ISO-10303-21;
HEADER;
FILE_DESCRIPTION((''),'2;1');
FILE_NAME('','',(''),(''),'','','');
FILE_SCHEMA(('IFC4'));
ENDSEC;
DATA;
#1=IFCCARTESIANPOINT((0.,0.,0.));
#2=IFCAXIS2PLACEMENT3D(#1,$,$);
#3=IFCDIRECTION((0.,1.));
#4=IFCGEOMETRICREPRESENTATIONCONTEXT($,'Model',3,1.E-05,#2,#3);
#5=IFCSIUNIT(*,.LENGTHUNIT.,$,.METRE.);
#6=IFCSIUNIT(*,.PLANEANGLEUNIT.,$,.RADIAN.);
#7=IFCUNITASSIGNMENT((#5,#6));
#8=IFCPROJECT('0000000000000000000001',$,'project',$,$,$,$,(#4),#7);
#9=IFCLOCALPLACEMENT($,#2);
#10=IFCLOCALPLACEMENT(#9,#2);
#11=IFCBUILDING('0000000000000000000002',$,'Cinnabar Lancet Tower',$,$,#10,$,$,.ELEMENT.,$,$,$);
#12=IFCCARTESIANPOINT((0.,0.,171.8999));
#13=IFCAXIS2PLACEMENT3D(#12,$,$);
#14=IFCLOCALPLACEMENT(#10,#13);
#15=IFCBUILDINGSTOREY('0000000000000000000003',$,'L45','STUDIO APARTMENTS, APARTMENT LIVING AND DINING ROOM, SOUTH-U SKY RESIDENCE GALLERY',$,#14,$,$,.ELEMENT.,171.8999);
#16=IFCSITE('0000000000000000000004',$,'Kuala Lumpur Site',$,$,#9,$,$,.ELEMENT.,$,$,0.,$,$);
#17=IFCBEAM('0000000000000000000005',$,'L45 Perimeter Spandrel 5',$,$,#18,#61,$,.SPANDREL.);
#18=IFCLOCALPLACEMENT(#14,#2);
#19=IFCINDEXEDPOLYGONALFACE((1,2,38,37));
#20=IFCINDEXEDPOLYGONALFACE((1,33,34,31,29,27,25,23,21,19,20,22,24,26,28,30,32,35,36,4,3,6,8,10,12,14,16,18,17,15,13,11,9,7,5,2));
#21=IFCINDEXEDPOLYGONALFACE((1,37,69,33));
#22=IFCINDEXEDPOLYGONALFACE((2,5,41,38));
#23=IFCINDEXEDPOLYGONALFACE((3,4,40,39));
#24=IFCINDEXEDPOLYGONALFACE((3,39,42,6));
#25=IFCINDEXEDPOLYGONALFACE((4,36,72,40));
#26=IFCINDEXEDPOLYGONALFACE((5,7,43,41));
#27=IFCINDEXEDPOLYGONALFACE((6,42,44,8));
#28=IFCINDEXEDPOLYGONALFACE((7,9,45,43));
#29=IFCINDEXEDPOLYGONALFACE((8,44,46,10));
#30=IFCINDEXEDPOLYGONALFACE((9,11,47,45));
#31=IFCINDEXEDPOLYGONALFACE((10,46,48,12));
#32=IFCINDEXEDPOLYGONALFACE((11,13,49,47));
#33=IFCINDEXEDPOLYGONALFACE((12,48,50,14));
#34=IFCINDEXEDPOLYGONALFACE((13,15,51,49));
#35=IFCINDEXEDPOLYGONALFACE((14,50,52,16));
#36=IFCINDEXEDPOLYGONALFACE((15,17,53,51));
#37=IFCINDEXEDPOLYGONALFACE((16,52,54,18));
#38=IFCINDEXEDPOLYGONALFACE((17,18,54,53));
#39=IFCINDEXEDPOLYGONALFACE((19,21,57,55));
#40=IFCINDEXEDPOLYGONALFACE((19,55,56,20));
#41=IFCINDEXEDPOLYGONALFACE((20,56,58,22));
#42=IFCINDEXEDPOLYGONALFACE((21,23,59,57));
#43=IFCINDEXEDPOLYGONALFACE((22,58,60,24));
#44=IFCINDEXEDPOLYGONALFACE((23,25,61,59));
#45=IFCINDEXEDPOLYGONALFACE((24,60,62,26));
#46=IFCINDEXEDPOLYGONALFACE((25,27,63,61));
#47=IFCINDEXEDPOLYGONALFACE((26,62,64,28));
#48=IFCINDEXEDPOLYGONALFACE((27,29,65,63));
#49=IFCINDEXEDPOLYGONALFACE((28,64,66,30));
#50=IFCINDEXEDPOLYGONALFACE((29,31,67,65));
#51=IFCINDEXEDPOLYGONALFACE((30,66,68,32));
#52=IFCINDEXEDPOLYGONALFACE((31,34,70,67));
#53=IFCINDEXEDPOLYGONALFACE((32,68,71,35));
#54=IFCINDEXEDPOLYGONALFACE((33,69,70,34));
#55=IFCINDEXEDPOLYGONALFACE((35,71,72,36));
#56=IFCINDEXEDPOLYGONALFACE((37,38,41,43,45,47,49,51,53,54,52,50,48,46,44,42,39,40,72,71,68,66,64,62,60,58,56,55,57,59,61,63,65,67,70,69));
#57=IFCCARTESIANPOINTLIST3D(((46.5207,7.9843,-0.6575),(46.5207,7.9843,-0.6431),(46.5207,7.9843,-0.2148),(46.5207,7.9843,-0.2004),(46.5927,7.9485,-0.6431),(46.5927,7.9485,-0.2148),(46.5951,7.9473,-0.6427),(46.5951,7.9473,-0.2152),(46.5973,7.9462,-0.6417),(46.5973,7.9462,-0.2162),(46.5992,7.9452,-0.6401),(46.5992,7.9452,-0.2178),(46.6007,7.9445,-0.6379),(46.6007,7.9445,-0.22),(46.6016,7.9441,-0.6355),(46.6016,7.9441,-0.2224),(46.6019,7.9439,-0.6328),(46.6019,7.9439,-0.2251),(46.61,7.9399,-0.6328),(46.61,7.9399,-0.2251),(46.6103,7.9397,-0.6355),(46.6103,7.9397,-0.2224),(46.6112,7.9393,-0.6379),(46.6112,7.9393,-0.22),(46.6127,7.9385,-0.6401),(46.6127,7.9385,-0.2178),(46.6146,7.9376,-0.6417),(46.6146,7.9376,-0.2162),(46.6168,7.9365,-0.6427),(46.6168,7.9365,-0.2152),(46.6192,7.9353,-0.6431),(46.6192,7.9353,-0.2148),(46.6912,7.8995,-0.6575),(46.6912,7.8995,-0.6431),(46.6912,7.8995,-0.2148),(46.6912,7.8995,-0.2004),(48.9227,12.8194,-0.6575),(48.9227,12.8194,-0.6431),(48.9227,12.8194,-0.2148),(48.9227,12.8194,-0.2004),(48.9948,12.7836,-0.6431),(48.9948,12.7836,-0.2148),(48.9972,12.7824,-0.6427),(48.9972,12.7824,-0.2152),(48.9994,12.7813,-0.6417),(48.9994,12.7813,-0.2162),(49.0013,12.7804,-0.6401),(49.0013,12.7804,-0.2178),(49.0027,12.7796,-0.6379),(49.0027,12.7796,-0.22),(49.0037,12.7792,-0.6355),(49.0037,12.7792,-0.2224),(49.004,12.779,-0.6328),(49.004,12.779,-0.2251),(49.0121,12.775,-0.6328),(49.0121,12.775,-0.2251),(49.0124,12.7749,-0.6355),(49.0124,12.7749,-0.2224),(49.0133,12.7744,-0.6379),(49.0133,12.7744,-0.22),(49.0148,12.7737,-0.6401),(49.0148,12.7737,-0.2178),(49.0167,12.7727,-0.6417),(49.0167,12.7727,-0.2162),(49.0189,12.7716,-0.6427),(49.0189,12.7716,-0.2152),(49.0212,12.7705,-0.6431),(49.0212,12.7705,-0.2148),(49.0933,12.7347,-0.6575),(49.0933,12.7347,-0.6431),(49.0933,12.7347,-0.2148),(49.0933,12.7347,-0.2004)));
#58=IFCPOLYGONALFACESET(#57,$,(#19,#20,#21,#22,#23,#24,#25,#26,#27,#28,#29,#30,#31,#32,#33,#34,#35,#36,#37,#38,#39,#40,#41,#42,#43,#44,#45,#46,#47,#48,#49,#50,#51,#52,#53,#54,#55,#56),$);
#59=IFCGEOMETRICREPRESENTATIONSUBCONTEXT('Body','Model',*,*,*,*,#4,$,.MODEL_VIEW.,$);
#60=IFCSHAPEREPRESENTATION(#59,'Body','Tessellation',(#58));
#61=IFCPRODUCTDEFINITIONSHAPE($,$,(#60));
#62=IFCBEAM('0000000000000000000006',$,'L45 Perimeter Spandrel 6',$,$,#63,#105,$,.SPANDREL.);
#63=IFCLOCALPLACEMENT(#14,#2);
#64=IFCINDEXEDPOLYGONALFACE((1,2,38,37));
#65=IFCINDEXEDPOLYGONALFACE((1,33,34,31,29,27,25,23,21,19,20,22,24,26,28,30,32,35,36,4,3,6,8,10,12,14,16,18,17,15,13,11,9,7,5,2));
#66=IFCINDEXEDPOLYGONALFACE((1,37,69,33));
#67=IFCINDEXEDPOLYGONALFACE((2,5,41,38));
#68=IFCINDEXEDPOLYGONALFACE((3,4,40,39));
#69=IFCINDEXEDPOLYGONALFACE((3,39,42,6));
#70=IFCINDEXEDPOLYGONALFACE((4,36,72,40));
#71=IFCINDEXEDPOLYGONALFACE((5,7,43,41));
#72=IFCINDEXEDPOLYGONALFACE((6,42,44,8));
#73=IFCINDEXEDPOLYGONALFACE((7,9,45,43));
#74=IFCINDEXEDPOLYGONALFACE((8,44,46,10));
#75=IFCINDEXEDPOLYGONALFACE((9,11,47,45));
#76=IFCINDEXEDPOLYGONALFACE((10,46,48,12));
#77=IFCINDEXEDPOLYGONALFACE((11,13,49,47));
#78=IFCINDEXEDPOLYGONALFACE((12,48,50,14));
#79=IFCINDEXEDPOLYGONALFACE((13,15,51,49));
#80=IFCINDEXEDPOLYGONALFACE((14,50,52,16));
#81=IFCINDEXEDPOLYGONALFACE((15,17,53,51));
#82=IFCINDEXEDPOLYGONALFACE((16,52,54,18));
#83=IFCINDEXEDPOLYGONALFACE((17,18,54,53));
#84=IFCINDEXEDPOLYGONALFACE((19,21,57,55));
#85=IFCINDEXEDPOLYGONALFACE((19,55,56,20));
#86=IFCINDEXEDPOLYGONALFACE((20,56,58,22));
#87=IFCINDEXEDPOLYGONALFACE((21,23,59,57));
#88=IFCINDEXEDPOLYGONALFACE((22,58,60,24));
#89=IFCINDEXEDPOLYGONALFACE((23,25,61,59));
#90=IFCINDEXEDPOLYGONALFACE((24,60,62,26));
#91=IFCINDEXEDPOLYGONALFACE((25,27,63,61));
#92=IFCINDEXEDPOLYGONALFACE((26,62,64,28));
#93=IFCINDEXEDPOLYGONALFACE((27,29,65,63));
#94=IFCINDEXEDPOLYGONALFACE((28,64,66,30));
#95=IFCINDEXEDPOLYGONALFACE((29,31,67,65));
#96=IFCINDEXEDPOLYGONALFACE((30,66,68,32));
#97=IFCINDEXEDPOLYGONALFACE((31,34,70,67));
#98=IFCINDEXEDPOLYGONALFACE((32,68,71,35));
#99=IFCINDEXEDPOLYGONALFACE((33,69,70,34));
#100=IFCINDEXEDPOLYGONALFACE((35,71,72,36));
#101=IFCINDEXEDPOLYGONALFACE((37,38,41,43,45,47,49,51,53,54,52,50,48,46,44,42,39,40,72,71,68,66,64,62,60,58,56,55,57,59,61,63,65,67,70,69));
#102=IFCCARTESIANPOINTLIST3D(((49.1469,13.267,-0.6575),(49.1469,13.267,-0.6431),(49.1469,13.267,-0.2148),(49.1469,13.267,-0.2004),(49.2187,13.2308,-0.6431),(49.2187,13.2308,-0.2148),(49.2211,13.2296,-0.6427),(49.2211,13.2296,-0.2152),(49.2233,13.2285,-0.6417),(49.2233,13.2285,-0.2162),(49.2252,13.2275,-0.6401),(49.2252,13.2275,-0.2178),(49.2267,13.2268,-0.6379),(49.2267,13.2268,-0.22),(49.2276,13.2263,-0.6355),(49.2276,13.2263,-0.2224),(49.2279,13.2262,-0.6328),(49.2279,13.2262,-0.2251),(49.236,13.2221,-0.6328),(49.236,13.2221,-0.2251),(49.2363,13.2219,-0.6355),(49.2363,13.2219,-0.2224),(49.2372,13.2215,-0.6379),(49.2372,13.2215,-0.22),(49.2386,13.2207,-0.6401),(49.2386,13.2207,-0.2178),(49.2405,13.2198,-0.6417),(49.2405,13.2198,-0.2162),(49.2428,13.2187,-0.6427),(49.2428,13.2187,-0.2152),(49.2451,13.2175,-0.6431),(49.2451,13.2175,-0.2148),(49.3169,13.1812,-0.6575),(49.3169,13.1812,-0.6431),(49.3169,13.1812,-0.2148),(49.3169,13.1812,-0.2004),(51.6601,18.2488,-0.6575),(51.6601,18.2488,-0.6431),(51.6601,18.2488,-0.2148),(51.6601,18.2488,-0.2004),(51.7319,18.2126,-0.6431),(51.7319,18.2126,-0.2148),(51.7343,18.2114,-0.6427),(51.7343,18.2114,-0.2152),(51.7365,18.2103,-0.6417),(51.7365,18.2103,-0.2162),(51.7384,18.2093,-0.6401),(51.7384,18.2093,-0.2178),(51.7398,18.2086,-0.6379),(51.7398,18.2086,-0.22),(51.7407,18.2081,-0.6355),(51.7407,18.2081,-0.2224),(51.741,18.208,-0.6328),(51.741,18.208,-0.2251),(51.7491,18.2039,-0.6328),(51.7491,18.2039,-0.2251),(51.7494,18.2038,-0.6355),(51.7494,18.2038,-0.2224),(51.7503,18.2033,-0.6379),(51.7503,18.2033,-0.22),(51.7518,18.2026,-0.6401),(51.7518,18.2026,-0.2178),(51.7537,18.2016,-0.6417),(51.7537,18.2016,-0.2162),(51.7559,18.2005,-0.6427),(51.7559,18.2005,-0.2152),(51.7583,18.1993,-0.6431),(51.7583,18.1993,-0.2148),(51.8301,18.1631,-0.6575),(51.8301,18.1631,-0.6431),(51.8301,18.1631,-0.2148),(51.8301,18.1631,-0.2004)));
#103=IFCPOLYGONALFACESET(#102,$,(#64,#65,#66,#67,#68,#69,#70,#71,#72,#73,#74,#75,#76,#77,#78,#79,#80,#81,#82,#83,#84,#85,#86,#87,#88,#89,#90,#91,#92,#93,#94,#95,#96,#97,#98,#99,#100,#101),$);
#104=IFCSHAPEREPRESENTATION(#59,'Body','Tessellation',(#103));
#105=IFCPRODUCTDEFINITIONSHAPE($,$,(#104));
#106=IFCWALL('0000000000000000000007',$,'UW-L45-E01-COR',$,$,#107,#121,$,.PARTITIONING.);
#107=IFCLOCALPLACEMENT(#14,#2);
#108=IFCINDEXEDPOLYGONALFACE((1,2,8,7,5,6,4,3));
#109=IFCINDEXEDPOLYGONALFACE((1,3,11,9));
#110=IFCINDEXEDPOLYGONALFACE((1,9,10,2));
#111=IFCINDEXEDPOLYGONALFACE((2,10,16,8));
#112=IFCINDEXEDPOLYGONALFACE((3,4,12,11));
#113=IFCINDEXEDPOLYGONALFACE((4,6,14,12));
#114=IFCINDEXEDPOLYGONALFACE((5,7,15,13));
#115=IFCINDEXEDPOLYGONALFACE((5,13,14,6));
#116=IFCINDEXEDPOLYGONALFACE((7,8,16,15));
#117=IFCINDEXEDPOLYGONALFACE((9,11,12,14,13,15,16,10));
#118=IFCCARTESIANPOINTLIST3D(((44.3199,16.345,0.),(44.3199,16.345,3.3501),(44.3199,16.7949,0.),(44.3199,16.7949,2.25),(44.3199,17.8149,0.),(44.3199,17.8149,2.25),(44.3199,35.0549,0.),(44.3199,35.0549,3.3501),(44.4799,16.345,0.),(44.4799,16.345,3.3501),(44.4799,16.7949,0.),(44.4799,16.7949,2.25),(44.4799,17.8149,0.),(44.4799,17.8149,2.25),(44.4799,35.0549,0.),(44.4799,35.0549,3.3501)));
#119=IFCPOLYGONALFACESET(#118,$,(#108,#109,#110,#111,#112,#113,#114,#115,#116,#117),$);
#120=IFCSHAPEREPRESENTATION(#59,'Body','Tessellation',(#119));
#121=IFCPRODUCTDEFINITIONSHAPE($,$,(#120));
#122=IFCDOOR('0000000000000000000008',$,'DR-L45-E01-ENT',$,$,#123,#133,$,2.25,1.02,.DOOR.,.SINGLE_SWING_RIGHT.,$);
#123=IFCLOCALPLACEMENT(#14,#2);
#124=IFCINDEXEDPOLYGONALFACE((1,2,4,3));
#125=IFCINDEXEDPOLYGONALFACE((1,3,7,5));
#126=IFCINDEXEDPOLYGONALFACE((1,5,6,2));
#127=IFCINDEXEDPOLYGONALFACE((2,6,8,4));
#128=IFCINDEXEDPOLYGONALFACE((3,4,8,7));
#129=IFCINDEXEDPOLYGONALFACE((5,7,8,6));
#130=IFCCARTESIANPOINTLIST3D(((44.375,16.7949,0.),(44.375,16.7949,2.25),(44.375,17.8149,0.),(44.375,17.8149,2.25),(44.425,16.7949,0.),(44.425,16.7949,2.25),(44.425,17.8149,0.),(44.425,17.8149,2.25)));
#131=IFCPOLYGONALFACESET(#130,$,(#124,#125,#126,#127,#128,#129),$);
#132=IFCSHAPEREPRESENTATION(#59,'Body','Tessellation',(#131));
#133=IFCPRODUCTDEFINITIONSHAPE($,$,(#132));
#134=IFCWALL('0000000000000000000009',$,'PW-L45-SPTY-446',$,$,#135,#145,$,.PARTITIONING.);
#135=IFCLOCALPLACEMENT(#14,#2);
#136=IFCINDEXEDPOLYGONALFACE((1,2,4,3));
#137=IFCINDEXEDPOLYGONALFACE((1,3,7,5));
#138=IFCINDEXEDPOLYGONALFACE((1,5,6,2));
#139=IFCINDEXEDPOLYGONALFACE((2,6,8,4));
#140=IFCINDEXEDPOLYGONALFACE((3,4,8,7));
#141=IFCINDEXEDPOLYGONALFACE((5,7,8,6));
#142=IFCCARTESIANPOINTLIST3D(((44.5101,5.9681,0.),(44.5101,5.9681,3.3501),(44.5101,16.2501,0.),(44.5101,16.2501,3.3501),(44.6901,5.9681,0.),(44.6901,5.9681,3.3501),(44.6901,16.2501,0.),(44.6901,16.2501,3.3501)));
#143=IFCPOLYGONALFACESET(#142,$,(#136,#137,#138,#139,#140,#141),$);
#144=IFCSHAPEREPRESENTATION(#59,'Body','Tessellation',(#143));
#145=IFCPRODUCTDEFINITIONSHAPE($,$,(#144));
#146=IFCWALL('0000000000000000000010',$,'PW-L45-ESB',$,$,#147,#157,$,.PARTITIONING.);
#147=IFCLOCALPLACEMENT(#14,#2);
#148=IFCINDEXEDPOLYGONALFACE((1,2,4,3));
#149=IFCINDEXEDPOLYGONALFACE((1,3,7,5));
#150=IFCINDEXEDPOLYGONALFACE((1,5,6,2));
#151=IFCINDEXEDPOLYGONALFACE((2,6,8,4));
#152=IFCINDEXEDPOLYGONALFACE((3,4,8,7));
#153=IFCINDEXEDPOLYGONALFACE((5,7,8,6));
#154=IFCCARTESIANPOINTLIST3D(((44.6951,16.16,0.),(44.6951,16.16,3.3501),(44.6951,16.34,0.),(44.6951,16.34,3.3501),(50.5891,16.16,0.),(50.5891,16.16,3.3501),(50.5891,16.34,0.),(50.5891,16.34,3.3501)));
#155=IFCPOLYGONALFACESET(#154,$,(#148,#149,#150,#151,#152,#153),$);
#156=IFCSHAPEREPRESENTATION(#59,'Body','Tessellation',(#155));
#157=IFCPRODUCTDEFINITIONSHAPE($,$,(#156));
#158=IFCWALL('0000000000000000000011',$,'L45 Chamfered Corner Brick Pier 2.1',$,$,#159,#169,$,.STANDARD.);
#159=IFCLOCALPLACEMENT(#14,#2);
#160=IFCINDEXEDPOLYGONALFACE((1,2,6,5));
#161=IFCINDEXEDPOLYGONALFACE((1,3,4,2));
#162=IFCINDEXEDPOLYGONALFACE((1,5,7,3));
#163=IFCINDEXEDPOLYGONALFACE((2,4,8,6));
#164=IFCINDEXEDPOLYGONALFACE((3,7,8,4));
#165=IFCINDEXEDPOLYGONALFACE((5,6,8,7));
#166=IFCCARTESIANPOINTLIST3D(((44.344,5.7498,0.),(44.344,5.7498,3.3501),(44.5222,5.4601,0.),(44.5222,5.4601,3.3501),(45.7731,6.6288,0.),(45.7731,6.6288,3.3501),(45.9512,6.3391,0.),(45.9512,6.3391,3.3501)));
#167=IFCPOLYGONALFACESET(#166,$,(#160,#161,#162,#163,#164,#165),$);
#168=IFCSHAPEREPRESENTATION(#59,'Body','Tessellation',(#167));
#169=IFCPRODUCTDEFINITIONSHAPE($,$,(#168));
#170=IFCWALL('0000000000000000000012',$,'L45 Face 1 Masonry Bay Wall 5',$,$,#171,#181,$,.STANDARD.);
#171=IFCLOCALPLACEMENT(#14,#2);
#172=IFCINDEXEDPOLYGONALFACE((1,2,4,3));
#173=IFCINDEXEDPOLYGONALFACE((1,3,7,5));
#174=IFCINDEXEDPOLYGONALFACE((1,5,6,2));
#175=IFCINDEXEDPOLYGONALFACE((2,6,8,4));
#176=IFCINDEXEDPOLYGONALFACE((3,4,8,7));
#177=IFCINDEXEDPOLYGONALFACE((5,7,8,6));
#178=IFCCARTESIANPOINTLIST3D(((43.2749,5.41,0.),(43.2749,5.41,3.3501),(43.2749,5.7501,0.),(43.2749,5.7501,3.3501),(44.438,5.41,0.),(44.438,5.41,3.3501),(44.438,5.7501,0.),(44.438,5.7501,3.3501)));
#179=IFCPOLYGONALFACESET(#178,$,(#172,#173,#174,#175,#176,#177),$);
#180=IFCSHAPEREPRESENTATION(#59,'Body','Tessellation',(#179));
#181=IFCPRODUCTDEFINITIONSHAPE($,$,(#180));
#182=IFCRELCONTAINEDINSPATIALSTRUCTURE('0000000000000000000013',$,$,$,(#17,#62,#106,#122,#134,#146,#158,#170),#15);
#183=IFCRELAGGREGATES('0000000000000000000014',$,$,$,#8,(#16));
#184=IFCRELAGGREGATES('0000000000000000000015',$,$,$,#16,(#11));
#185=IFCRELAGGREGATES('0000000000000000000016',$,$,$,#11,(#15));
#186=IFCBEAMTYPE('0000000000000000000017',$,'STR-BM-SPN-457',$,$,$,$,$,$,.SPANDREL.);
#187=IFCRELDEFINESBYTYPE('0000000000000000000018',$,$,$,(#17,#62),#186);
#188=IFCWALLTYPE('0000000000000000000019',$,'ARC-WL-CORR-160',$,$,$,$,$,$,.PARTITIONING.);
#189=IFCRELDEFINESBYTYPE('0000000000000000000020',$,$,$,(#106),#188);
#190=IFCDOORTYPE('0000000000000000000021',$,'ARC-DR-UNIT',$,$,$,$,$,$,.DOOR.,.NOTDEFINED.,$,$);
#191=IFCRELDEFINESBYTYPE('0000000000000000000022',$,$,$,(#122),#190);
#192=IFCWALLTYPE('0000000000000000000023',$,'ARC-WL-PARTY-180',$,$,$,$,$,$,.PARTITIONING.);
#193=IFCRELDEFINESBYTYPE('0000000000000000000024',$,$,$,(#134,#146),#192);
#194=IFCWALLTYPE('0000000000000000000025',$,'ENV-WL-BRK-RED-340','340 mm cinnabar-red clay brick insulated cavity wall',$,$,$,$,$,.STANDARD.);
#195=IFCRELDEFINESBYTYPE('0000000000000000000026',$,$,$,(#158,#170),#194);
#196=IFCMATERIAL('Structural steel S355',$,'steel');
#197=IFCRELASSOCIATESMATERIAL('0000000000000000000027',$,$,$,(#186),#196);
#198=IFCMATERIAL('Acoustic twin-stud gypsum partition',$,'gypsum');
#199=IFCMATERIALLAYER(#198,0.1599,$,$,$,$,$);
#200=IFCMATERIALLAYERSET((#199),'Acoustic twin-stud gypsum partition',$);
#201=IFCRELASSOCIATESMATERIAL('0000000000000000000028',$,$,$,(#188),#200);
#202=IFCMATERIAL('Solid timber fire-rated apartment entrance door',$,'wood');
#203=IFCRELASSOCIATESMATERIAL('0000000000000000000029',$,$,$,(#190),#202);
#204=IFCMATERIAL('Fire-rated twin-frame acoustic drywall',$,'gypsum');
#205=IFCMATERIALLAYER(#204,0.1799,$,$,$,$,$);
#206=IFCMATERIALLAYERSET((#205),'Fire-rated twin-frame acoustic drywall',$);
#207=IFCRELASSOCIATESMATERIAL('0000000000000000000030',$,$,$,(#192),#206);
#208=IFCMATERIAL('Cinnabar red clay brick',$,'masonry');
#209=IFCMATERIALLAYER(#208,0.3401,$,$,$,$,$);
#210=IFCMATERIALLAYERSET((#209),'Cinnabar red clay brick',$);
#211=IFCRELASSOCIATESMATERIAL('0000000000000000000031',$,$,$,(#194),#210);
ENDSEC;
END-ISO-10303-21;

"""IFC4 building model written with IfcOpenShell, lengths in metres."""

from ifc_helpers import new_model, si_unit, direction, frame, frame_2d, origin, origin_2d, place, context, subcontext, project, spatial, rectangle, i_section, extrude, material, layer, layer_set, material_profile, profile_set, type_object, element, fill, save


model = new_model("IFC4")

# Units and contexts
model_context = context("Model", 3, precision=1e-05, world=origin(), true_north=direction((0.0, 1.0)))
body_context = subcontext(model_context, "Body", "Model", "MODEL_VIEW")
ifc_project = project(units=[si_unit("LENGTHUNIT", "METRE"), si_unit("PLANEANGLEUNIT", "RADIAN")], contexts=[model_context])

# Site, building, storey
site_placement = place(None, origin())
site = spatial("IfcSite", under=ifc_project, at=site_placement, Name="Kuala Lumpur Site", CompositionType="ELEMENT", RefElevation=0.0)
building_placement = place(site_placement, origin())
building = spatial("IfcBuilding", under=site, at=building_placement, Name="Cinnabar Lancet Tower", CompositionType="ELEMENT")
storey_placement = place(building_placement, frame((0.0, 0.0, 171.8999)))
storey = spatial("IfcBuildingStorey", under=building, at=storey_placement, Name="L45", Description="STUDIO APARTMENTS, APARTMENT LIVING AND DINING ROOM, SOUTH-U SKY RESIDENCE GALLERY", CompositionType="ELEMENT", Elevation=171.8999)

# Beams
ifc_material_1 = material(Name="Structural steel S355", Category="steel")
ifc_material_profile_1 = material_profile(ifc_material_1, i_section(OverallWidth=0.1904, OverallDepth=0.457, WebThickness=0.009, FlangeThickness=0.0144, FilletRadius=0.0103, at=origin_2d()), Name="UKB 457x191x74")
ifc_profile_set_1 = profile_set([ifc_material_profile_1], Name="Structural steel S355")
beam_type_1 = type_object("IfcBeamType", Name="STR-BM-SPN-457", PredefinedType="SPANDREL", material=ifc_profile_set_1)
beam_1_placement = place(storey_placement, frame((46.606, 7.9419, -0.429), z_axis=(0.444915, 0.895573, 0.0), x_axis=(-0.895573, 0.444915, 0.0)))
element("IfcBeam", 1, at=beam_1_placement, inside=storey, type_object=beam_type_1, Name="L45 Perimeter Spandrel 5", PredefinedType="SPANDREL", context=body_context, shape_type="SweptSolid", body=[
    extrude(i_section(OverallWidth=0.1904, OverallDepth=0.457, WebThickness=0.009, FlangeThickness=0.0144, FilletRadius=0.0103, at=origin_2d()), origin(), (0.0, 0.0, 1.0), 5.3989),
])
beam_2_placement = place(storey_placement, frame((49.2319, 13.2241, -0.429), z_axis=(0.450396, 0.892829, 0.0), x_axis=(-0.892829, 0.450396, 0.0)))
element("IfcBeam", 2, at=beam_2_placement, inside=storey, type_object=beam_type_1, Name="L45 Perimeter Spandrel 6", PredefinedType="SPANDREL", context=body_context, shape_type="SweptSolid", body=[
    extrude(i_section(OverallWidth=0.1904, OverallDepth=0.457, WebThickness=0.009, FlangeThickness=0.0144, FilletRadius=0.0103, at=origin_2d()), origin(), (0.0, 0.0, 1.0), 5.5798),
])

# Wall, opening, door
ifc_material_2 = material(Name="Acoustic twin-stud gypsum partition", Category="gypsum")
ifc_layer_1 = layer(ifc_material_2, 0.1599)
ifc_layer_set_1 = layer_set([ifc_layer_1], Name="Acoustic twin-stud gypsum partition")
wall_type_1 = type_object("IfcWallType", Name="ARC-WL-CORR-160", PredefinedType="PARTITIONING", material=ifc_layer_set_1)
wall_1_placement = place(storey_placement, frame((44.3999, 16.345, 0.0), z_axis=(0.0, 0.0, 1.0), x_axis=(0.0, 1.0, 0.0)))
wall_1 = element("IfcWall", 3, at=wall_1_placement, inside=storey, type_object=wall_type_1, Name="UW-L45-E01-COR", PredefinedType="PARTITIONING", context=body_context, shape_type="SweptSolid", body=[
    extrude(rectangle(XDim=18.71, YDim=0.1599, at=frame_2d((9.355, 0.0))), origin(), (0.0, 0.0, 1.0), 3.3501),
])
opening_1_placement = place(wall_1_placement, frame((0.45, 0.0, 0.0)))
opening_1 = element("IfcOpeningElement", 4, at=opening_1_placement, cuts=wall_1, PredefinedType="OPENING", context=body_context, shape_type="SweptSolid", body=[
    extrude(rectangle(XDim=1.02, YDim=2.25, at=frame_2d((0.51, 1.125))), frame((0.0, 0.0898, 0.0), z_axis=(0.0, -1.0, 0.0), x_axis=(1.0, 0.0, 0.0)), (0.0, 0.0, 1.0), 0.1799),
])
ifc_material_3 = material(Name="Solid timber fire-rated apartment entrance door", Category="wood")
door_type = type_object("IfcDoorType", Name="ARC-DR-UNIT", OperationType="NOTDEFINED", PredefinedType="DOOR", material=ifc_material_3)
door_placement = place(opening_1_placement, origin())
door = element("IfcDoor", 5, at=door_placement, inside=storey, type_object=door_type, Name="DR-L45-E01-ENT", OperationType="SINGLE_SWING_RIGHT", OverallHeight=2.25, OverallWidth=1.02, PredefinedType="DOOR", context=body_context, shape_type="SweptSolid", body=[
    extrude(rectangle(XDim=1.02, YDim=2.25, at=frame_2d((0.51, 1.125))), frame((0.0, 0.0249, 0.0), z_axis=(0.0, -1.0, 0.0), x_axis=(1.0, 0.0, 0.0)), (0.0, 0.0, 1.0), 0.05),
])
fill(opening_1, door)

# Walls
ifc_material_4 = material(Name="Fire-rated twin-frame acoustic drywall", Category="gypsum")
ifc_layer_2 = layer(ifc_material_4, 0.1799)
ifc_layer_set_2 = layer_set([ifc_layer_2], Name="Fire-rated twin-frame acoustic drywall")
wall_type_2 = type_object("IfcWallType", Name="ARC-WL-PARTY-180", PredefinedType="PARTITIONING", material=ifc_layer_set_2)
wall_2_placement = place(storey_placement, frame((44.6001, 5.968, 0.0), z_axis=(0.0, 0.0, 1.0), x_axis=(0.0, 1.0, 0.0)))
element("IfcWall", 6, at=wall_2_placement, inside=storey, type_object=wall_type_2, Name="PW-L45-SPTY-446", PredefinedType="PARTITIONING", context=body_context, shape_type="SweptSolid", body=[
    extrude(rectangle(XDim=10.282, YDim=0.1799, at=frame_2d((5.1411, 0.0))), origin(), (0.0, 0.0, 1.0), 3.3501),
])
wall_3_placement = place(storey_placement, frame((44.6951, 16.25, 0.0), z_axis=(0.0, 0.0, 1.0), x_axis=(1.0, 0.0, 0.0)))
element("IfcWall", 7, at=wall_3_placement, inside=storey, type_object=wall_type_2, Name="PW-L45-ESB", PredefinedType="PARTITIONING", context=body_context, shape_type="SweptSolid", body=[
    extrude(rectangle(XDim=5.894, YDim=0.1799, at=frame_2d((2.947, 0.0))), origin(), (0.0, 0.0, 1.0), 3.3501),
])
ifc_material_5 = material(Name="Cinnabar red clay brick", Category="masonry")
ifc_layer_3 = layer(ifc_material_5, 0.3401)
ifc_layer_set_3 = layer_set([ifc_layer_3], Name="Cinnabar red clay brick")
wall_type_3 = type_object("IfcWallType", Name="ENV-WL-BRK-RED-340", Description="340 mm cinnabar-red clay brick insulated cavity wall", PredefinedType="STANDARD", material=ifc_layer_set_3)
wall_4_placement = place(storey_placement, frame((44.4331, 5.605, 0.0), z_axis=(0.0, 0.0, 1.0), x_axis=(0.851778, 0.523903, 0.0)))
element("IfcWall", 8, at=wall_4_placement, inside=storey, type_object=wall_type_3, Name="L45 Chamfered Corner Brick Pier 2.1", PredefinedType="STANDARD", context=body_context, shape_type="SweptSolid", body=[
    extrude(rectangle(XDim=1.6777, YDim=0.3401, at=frame_2d((0.8389, 0.0))), origin(), (0.0, 0.0, 1.0), 3.3501),
])
wall_5_placement = place(storey_placement, frame((43.2749, 5.5801, 0.0), z_axis=(0.0, 0.0, 1.0), x_axis=(1.0, 0.0, 0.0)))
element("IfcWall", 9, at=wall_5_placement, inside=storey, type_object=wall_type_3, Name="L45 Face 1 Masonry Bay Wall 5", PredefinedType="STANDARD", context=body_context, shape_type="SweptSolid", body=[
    extrude(rectangle(XDim=1.1631, YDim=0.3401, at=frame_2d((0.5815, 0.0))), origin(), (0.0, 0.0, 1.0), 3.3501),
])

save(model, "model.ifc")
